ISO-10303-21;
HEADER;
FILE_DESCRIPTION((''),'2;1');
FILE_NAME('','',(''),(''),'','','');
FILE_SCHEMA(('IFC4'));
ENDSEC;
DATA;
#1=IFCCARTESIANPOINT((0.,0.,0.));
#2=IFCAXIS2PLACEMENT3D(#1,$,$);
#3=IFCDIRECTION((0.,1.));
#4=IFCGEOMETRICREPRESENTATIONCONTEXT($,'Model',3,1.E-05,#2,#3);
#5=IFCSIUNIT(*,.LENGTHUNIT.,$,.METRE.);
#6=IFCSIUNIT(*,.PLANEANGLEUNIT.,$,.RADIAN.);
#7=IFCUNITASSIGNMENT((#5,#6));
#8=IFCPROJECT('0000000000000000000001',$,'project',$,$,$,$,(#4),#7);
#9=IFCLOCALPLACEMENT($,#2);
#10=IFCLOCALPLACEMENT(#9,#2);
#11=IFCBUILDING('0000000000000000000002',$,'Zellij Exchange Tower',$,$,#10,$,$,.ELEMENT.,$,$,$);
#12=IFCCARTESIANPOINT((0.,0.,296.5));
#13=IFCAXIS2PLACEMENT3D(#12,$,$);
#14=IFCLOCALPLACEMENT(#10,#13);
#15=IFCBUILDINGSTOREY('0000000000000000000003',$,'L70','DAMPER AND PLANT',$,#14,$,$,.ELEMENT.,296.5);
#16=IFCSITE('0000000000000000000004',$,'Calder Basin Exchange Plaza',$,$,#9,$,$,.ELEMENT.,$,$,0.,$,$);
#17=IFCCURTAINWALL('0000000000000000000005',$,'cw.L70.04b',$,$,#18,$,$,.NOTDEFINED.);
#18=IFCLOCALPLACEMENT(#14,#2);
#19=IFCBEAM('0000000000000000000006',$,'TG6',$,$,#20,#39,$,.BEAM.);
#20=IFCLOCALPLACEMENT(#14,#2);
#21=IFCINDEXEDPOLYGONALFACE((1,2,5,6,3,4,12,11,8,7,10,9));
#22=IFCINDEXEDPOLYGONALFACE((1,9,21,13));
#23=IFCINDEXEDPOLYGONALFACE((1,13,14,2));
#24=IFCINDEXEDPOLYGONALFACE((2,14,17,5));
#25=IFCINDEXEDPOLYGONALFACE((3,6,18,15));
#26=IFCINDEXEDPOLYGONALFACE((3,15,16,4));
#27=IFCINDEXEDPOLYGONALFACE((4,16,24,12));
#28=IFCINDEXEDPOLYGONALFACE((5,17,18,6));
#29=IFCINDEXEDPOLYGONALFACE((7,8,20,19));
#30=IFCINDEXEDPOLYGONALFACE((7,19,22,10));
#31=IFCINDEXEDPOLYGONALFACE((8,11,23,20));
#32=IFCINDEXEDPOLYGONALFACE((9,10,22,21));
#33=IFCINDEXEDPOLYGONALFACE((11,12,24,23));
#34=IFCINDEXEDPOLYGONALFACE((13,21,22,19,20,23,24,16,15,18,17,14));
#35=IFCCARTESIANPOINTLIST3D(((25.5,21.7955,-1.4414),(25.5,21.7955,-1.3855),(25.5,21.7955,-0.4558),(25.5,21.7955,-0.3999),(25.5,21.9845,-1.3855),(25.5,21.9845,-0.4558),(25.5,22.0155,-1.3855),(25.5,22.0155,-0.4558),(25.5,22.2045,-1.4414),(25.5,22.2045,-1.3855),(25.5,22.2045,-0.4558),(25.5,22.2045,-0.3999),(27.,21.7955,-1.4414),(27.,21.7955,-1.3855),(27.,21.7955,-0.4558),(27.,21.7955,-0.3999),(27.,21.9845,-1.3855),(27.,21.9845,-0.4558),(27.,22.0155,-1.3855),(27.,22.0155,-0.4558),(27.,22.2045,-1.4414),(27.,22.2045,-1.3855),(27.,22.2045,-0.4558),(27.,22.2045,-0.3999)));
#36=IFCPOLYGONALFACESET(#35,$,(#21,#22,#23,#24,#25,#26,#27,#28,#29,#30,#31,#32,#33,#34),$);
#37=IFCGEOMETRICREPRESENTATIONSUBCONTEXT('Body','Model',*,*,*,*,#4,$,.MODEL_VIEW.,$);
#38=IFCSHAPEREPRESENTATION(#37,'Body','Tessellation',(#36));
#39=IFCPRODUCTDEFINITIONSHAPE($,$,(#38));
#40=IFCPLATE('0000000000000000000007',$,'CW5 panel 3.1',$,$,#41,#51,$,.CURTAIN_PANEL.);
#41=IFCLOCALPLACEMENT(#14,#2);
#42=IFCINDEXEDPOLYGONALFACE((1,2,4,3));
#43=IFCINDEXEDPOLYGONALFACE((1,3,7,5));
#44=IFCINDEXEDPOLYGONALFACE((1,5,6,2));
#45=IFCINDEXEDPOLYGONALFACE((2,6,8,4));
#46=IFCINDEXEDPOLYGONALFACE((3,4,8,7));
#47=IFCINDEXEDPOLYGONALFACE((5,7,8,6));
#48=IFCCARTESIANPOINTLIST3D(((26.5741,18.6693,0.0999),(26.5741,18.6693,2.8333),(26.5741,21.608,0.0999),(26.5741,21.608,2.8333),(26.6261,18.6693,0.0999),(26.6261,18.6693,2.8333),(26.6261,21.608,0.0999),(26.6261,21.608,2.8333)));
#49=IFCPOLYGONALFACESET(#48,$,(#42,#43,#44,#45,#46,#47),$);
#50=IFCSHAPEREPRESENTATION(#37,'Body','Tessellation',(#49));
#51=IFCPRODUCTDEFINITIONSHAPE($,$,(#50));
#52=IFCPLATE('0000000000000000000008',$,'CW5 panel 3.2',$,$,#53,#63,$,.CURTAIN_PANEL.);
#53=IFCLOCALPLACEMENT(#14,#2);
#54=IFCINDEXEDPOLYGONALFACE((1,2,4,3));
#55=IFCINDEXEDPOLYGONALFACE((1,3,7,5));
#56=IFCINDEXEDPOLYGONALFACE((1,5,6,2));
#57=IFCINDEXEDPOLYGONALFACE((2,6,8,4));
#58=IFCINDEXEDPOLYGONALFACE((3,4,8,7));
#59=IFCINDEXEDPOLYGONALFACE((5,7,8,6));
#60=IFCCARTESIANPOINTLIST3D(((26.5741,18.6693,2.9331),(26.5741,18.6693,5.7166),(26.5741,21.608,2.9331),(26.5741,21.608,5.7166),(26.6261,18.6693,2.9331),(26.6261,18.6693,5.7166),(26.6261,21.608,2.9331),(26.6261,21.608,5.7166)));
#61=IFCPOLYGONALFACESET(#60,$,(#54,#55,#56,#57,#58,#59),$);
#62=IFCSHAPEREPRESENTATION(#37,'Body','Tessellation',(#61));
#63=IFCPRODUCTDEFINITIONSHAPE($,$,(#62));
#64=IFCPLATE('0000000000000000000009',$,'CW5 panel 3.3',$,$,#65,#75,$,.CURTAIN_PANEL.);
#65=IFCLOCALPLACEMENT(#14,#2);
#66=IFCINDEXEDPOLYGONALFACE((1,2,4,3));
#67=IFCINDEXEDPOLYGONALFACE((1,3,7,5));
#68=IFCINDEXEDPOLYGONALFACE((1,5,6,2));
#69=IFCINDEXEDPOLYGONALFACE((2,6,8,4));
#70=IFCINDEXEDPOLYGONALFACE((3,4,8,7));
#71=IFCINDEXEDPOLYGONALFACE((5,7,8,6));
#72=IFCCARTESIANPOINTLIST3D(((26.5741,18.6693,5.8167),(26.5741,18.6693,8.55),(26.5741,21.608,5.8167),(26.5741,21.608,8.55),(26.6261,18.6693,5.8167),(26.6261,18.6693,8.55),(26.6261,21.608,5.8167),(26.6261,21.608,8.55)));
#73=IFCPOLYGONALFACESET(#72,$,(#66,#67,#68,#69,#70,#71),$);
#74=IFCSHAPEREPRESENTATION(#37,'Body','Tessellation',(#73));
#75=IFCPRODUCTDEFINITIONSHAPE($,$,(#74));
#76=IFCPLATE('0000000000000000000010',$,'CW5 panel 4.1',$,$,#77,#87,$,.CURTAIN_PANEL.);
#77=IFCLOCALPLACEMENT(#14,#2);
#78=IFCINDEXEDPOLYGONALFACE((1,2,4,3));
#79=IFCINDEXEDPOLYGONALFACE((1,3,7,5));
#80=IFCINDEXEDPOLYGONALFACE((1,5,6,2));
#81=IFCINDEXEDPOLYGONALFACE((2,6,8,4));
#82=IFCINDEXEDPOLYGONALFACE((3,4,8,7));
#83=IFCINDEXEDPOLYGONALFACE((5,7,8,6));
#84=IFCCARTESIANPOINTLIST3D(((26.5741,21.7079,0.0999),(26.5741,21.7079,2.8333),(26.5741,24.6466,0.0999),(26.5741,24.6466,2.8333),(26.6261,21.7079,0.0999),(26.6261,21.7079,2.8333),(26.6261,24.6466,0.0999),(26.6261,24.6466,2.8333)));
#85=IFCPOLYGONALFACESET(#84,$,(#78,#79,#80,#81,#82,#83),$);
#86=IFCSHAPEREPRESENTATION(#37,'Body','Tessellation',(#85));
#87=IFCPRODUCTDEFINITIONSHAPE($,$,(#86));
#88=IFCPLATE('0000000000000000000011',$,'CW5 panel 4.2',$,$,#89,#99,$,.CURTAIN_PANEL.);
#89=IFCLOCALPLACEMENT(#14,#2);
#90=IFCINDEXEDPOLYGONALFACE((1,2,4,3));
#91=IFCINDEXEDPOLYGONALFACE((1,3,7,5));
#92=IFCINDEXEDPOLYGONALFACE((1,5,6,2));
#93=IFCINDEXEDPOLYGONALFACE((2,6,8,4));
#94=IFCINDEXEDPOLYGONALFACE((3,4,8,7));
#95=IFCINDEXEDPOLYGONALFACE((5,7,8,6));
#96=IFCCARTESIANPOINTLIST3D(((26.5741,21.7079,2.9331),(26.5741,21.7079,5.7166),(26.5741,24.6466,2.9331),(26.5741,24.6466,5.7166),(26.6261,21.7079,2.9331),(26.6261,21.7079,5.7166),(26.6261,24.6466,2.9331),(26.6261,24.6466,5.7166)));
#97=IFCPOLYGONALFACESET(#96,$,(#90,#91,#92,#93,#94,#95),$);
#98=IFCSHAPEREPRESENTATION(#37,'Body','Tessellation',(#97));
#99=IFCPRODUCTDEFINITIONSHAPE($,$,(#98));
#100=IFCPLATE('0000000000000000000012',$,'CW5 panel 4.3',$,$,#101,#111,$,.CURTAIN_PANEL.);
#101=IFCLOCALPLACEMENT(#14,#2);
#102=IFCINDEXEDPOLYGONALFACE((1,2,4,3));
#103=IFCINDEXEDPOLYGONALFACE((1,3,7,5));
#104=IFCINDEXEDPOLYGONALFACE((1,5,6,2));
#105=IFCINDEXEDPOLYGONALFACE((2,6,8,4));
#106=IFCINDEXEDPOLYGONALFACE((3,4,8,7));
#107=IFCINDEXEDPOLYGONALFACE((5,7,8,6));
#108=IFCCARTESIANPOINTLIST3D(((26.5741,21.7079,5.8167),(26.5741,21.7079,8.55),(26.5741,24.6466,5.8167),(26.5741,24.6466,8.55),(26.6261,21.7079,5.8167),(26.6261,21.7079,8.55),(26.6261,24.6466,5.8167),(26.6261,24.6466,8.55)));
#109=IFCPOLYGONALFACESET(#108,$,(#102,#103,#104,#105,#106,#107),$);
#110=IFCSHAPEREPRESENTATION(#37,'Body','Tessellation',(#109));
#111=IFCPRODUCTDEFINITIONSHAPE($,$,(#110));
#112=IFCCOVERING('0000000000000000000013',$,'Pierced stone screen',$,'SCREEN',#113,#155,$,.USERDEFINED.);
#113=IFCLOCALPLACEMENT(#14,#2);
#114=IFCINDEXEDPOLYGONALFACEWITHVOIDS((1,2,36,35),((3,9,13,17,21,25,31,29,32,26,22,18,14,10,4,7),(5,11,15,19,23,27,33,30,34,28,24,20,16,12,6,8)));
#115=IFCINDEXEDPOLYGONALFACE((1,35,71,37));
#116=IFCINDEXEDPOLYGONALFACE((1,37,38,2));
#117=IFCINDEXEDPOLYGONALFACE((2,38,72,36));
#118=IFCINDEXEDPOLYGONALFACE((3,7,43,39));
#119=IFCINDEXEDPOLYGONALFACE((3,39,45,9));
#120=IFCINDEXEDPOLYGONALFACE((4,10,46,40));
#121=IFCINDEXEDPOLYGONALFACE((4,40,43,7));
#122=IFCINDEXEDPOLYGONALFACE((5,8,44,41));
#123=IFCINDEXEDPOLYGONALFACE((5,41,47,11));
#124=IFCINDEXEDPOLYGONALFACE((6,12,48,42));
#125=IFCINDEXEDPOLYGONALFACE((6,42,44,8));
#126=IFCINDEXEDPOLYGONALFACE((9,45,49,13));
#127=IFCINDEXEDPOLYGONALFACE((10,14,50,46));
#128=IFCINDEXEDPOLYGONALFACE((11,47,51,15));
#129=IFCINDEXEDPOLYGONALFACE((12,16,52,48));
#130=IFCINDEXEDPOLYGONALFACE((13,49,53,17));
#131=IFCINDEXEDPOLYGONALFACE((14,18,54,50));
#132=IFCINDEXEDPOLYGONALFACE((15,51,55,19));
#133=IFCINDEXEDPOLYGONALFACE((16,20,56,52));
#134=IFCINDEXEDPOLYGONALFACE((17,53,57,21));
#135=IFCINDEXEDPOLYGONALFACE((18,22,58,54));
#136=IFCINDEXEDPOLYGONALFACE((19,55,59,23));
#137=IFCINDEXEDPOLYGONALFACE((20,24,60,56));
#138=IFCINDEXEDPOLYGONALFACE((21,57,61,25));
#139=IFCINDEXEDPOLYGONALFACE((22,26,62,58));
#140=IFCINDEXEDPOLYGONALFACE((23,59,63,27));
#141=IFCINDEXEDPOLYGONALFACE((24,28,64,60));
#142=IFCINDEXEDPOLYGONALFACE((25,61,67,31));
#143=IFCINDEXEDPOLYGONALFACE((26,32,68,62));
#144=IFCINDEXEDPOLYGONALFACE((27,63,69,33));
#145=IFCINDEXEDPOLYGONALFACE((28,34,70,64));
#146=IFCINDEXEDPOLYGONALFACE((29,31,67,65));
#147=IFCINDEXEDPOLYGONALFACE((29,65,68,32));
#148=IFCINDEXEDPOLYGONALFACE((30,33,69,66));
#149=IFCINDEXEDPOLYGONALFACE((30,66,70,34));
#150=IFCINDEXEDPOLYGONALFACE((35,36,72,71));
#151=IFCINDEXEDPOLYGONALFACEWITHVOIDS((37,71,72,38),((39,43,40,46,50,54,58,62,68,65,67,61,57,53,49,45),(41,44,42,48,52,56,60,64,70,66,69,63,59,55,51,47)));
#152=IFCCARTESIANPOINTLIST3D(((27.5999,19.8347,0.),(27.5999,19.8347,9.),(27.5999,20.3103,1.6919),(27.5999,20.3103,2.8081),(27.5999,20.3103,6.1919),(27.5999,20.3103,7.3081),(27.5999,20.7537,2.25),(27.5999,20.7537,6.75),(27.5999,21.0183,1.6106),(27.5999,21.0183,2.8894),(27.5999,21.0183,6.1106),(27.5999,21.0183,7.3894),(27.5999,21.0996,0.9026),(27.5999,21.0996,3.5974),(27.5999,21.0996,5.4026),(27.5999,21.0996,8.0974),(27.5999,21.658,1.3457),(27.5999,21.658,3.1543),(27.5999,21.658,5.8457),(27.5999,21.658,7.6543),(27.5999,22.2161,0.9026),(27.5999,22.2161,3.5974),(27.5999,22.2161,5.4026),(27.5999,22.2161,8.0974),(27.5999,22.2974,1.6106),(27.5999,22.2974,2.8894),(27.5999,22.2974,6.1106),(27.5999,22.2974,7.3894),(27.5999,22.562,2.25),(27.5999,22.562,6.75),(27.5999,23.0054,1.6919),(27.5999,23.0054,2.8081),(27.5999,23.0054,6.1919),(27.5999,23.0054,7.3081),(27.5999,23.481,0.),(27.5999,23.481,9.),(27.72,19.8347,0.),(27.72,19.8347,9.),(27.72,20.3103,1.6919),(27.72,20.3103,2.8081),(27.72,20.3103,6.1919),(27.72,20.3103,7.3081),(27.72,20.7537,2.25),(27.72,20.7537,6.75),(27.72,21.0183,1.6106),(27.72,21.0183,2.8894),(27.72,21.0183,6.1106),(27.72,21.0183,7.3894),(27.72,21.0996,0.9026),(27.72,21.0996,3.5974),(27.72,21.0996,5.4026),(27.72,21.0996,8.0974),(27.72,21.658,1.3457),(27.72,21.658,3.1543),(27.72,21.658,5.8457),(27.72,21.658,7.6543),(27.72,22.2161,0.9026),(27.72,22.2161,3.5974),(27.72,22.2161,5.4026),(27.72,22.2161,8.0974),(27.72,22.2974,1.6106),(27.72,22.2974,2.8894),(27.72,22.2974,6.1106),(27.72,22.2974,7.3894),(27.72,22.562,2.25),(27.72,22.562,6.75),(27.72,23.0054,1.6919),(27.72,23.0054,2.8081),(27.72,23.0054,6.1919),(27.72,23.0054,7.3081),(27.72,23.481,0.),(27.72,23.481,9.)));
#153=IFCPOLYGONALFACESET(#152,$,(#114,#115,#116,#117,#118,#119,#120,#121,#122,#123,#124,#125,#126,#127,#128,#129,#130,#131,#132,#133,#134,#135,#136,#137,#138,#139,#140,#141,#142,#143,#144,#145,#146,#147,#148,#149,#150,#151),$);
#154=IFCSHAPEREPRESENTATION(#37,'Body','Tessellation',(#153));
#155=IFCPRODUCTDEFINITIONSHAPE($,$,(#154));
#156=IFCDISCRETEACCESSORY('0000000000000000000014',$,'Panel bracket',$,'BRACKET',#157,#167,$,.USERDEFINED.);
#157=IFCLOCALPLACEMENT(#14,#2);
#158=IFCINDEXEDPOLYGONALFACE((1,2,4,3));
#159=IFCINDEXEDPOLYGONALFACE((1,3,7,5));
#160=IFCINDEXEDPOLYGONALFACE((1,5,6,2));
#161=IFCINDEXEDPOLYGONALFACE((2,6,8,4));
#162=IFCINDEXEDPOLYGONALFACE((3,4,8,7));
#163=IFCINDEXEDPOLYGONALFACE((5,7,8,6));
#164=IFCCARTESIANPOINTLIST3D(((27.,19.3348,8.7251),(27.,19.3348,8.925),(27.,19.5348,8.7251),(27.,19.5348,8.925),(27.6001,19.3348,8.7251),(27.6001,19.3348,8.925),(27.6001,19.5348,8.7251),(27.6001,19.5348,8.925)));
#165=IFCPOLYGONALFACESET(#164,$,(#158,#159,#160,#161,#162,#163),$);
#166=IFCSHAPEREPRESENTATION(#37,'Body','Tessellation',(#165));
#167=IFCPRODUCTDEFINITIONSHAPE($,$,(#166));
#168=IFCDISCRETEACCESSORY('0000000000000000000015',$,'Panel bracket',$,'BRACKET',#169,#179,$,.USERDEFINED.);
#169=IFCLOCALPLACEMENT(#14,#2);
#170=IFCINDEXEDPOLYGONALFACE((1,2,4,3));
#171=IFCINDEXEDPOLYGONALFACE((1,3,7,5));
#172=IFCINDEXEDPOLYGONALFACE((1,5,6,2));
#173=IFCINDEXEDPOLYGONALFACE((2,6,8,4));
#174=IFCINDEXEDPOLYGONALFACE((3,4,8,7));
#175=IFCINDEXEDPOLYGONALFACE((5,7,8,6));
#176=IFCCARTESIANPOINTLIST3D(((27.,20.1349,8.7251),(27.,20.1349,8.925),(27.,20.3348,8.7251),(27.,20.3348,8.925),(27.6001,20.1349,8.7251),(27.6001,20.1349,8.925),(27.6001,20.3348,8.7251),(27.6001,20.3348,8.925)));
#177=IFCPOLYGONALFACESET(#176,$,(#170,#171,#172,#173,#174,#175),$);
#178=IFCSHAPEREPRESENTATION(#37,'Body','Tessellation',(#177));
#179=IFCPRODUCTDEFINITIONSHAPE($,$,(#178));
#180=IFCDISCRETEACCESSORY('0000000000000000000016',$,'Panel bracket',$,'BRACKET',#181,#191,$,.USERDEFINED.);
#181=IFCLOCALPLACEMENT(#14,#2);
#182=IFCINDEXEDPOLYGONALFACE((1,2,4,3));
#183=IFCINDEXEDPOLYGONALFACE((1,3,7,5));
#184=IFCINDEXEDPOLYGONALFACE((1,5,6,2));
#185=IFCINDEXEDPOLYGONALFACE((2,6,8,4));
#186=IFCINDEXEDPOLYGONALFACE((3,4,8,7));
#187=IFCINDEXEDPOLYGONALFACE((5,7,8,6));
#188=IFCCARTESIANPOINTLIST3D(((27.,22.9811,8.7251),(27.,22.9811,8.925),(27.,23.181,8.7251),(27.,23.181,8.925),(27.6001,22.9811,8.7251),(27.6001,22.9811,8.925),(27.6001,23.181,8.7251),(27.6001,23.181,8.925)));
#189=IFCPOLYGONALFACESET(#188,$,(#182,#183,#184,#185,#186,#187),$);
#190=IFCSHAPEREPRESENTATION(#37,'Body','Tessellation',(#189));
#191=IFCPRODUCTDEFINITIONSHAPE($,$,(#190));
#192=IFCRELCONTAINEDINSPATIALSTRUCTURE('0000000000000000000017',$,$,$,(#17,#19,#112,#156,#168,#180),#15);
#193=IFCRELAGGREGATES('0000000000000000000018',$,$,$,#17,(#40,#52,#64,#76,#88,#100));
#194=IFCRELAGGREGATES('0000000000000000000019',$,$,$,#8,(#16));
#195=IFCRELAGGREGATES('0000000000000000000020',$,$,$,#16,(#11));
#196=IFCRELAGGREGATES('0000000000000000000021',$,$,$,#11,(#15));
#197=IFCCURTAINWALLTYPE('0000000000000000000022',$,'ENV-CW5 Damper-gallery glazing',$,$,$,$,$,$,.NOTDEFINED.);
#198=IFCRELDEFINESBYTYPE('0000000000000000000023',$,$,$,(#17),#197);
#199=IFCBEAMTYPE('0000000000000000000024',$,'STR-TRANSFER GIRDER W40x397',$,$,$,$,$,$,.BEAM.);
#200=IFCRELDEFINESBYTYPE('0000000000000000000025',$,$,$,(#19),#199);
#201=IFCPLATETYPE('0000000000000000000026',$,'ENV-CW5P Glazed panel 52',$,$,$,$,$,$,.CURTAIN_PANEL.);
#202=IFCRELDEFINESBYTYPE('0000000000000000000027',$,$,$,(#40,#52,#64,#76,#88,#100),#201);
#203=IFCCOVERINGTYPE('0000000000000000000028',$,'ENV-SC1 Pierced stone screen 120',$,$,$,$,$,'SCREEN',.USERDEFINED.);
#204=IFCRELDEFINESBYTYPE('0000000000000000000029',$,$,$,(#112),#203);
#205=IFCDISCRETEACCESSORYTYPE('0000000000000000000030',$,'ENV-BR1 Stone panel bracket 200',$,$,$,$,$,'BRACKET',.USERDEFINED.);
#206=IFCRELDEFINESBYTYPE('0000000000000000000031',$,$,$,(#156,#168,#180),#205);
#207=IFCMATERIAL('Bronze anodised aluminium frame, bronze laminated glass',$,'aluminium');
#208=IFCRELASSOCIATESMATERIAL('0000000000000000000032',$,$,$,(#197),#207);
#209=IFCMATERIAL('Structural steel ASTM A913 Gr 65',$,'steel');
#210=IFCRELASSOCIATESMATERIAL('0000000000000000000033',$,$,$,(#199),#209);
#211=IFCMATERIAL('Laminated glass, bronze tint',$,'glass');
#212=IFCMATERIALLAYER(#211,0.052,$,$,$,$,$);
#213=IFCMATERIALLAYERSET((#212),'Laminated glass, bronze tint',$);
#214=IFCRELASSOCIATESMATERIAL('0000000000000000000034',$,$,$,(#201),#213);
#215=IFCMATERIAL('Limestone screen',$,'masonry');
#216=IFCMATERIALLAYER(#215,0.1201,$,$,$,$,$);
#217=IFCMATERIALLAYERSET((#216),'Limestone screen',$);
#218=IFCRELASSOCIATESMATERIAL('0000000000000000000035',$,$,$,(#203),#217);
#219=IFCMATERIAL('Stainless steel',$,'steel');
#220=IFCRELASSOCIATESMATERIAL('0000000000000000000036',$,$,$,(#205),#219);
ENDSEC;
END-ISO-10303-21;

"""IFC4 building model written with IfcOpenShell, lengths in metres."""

from ifc_helpers import new_model, si_unit, direction, frame, origin, origin_2d, place, context, subcontext, project, spatial, polyline, rectangle, i_section, outline, extrude, material, layer, layer_set, material_profile, profile_set, type_object, element, aggregate, save


model = new_model("IFC4")

# Units and contexts
model_context = context("Model", 3, precision=1e-05, world=origin(), true_north=direction((0.0, 1.0)))
body_context = subcontext(model_context, "Body", "Model", "MODEL_VIEW")
ifc_project = project(units=[si_unit("LENGTHUNIT", "METRE"), si_unit("PLANEANGLEUNIT", "RADIAN")], contexts=[model_context])

# Site, building, storey
site_placement = place(None, origin())
site = spatial("IfcSite", under=ifc_project, at=site_placement, Name="Calder Basin Exchange Plaza", CompositionType="ELEMENT", RefElevation=0.0)
building_placement = place(site_placement, origin())
building = spatial("IfcBuilding", under=site, at=building_placement, Name="Zellij Exchange Tower", CompositionType="ELEMENT")
storey_placement = place(building_placement, frame((0.0, 0.0, 296.5)))
storey = spatial("IfcBuildingStorey", under=building, at=storey_placement, Name="L70", Description="DAMPER AND PLANT", CompositionType="ELEMENT", Elevation=296.5)

# Curtain wall
ifc_material_1 = material(Name="Bronze anodised aluminium frame, bronze laminated glass", Category="aluminium")
curtain_wall_type = type_object("IfcCurtainWallType", Name="ENV-CW5 Damper-gallery glazing", PredefinedType="NOTDEFINED", material=ifc_material_1)
curtain_wall_placement = place(storey_placement, origin())
curtain_wall = element("IfcCurtainWall", 1, at=curtain_wall_placement, inside=storey, type_object=curtain_wall_type, Name="cw.L70.04b", PredefinedType="NOTDEFINED")

# Beam
ifc_material_2 = material(Name="Structural steel ASTM A913 Gr 65", Category="steel")
ifc_material_profile_1 = material_profile(ifc_material_2, i_section(OverallWidth=0.4089, OverallDepth=1.0415, WebThickness=0.031, FlangeThickness=0.0559, at=origin_2d()), Name="W40x397")
ifc_profile_set_1 = profile_set([ifc_material_profile_1], Name="Structural steel ASTM A913 Gr 65")
beam_type_1 = type_object("IfcBeamType", Name="STR-TRANSFER GIRDER W40x397", PredefinedType="BEAM", material=ifc_profile_set_1)
beam_placement = place(storey_placement, frame((25.5, 22.0, -0.9207), z_axis=(1.0, 0.0, 0.0), x_axis=(0.0, 1.0, 0.0)))
element("IfcBeam", 2, at=beam_placement, inside=storey, type_object=beam_type_1, Name="TG6", PredefinedType="BEAM", context=body_context, shape_type="SweptSolid", body=[
    extrude(i_section(OverallWidth=0.4089, OverallDepth=1.0415, WebThickness=0.031, FlangeThickness=0.0559, at=origin_2d()), origin(), (0.0, 0.0, 1.0), 1.5),
])

# Plates
ifc_material_3 = material(Name="Laminated glass, bronze tint", Category="glass")
ifc_layer_1 = layer(ifc_material_3, 0.052)
ifc_layer_set_1 = layer_set([ifc_layer_1], Name="Laminated glass, bronze tint")
plate_type = type_object("IfcPlateType", Name="ENV-CW5P Glazed panel 52", PredefinedType="CURTAIN_PANEL", material=ifc_layer_set_1)
plate_1_placement = place(storey_placement, frame((26.6001, 20.1387, 0.0999), z_axis=(0.0, 0.0, 1.0), x_axis=(0.0, 1.0, 0.0)))
plate_1 = element("IfcPlate", 3, at=plate_1_placement, type_object=plate_type, Name="CW5 panel 3.1", PredefinedType="CURTAIN_PANEL", context=body_context, shape_type="SweptSolid", body=[
    extrude(rectangle(XDim=2.9387, YDim=0.052, at=origin_2d()), origin(), (0.0, 0.0, 1.0), 2.7334),
])
plate_2_placement = place(storey_placement, frame((26.6001, 20.1387, 2.9331), z_axis=(0.0, 0.0, 1.0), x_axis=(0.0, 1.0, 0.0)))
plate_2 = element("IfcPlate", 4, at=plate_2_placement, type_object=plate_type, Name="CW5 panel 3.2", PredefinedType="CURTAIN_PANEL", context=body_context, shape_type="SweptSolid", body=[
    extrude(rectangle(XDim=2.9387, YDim=0.052, at=origin_2d()), origin(), (0.0, 0.0, 1.0), 2.7834),
])
plate_3_placement = place(storey_placement, frame((26.6001, 20.1387, 5.8167), z_axis=(0.0, 0.0, 1.0), x_axis=(0.0, 1.0, 0.0)))
plate_3 = element("IfcPlate", 5, at=plate_3_placement, type_object=plate_type, Name="CW5 panel 3.3", PredefinedType="CURTAIN_PANEL", context=body_context, shape_type="SweptSolid", body=[
    extrude(rectangle(XDim=2.9387, YDim=0.052, at=origin_2d()), origin(), (0.0, 0.0, 1.0), 2.7334),
])
plate_4_placement = place(storey_placement, frame((26.6001, 23.1772, 0.0999), z_axis=(0.0, 0.0, 1.0), x_axis=(0.0, 1.0, 0.0)))
plate_4 = element("IfcPlate", 6, at=plate_4_placement, type_object=plate_type, Name="CW5 panel 4.1", PredefinedType="CURTAIN_PANEL", context=body_context, shape_type="SweptSolid", body=[
    extrude(rectangle(XDim=2.9387, YDim=0.052, at=origin_2d()), origin(), (0.0, 0.0, 1.0), 2.7334),
])
plate_5_placement = place(storey_placement, frame((26.6001, 23.1772, 2.9331), z_axis=(0.0, 0.0, 1.0), x_axis=(0.0, 1.0, 0.0)))
plate_5 = element("IfcPlate", 7, at=plate_5_placement, type_object=plate_type, Name="CW5 panel 4.2", PredefinedType="CURTAIN_PANEL", context=body_context, shape_type="SweptSolid", body=[
    extrude(rectangle(XDim=2.9387, YDim=0.052, at=origin_2d()), origin(), (0.0, 0.0, 1.0), 2.7834),
])
plate_6_placement = place(storey_placement, frame((26.6001, 23.1772, 5.8167), z_axis=(0.0, 0.0, 1.0), x_axis=(0.0, 1.0, 0.0)))
plate_6 = element("IfcPlate", 8, at=plate_6_placement, type_object=plate_type, Name="CW5 panel 4.3", PredefinedType="CURTAIN_PANEL", context=body_context, shape_type="SweptSolid", body=[
    extrude(rectangle(XDim=2.9387, YDim=0.052, at=origin_2d()), origin(), (0.0, 0.0, 1.0), 2.7334),
])
aggregate(curtain_wall, [plate_1, plate_2, plate_3, plate_4, plate_5, plate_6])

# Covering
ifc_material_4 = material(Name="Limestone screen", Category="masonry")
ifc_layer_2 = layer(ifc_material_4, 0.1201)
ifc_layer_set_2 = layer_set([ifc_layer_2], Name="Limestone screen")
covering_type = type_object("IfcCoveringType", Name="ENV-SC1 Pierced stone screen 120", ElementType="SCREEN", PredefinedType="USERDEFINED", material=ifc_layer_set_2)
covering_placement = place(storey_placement, frame((27.6599, 19.8347, 0.0), z_axis=(0.0, 0.0, 1.0), x_axis=(0.0, 1.0, 0.0)))
element("IfcCovering", 9, at=covering_placement, inside=storey, type_object=covering_type, Name="Pierced stone screen", ObjectType="SCREEN", PredefinedType="USERDEFINED", context=body_context, shape_type="SweptSolid", body=[
    extrude(outline(polyline([(0.0, 0.0), (3.6462, 0.0), (3.6462, 9.0), (0.0, 9.0), (0.0, 0.0)]), holes=[polyline([(3.1707, 2.8081), (2.4626, 2.8894), (2.3813, 3.5974), (1.8232, 3.1543), (1.2649, 3.5974), (1.1836, 2.8894), (0.4756, 2.8081), (0.9189, 2.25), (0.4756, 1.6919), (1.1836, 1.6106), (1.2649, 0.9026), (1.8232, 1.3457), (2.3813, 0.9026), (2.4626, 1.6106), (3.1707, 1.6919), (2.7273, 2.25), (3.1707, 2.8081)]), polyline([(3.1707, 7.3081), (2.4626, 7.3894), (2.3813, 8.0974), (1.8232, 7.6543), (1.2649, 8.0974), (1.1836, 7.3894), (0.4756, 7.3081), (0.9189, 6.75), (0.4756, 6.1919), (1.1836, 6.1106), (1.2649, 5.4026), (1.8232, 5.8457), (2.3813, 5.4026), (2.4626, 6.1106), (3.1707, 6.1919), (2.7273, 6.75), (3.1707, 7.3081)])]), frame((0.0, 0.0601, 0.0), z_axis=(0.0, -1.0, 0.0), x_axis=(1.0, 0.0, 0.0)), (0.0, 0.0, 1.0), 0.1201),
])

# Discrete accessories
ifc_material_5 = material(Name="Stainless steel", Category="steel")
discrete_accessory_type = type_object("IfcDiscreteAccessoryType", Name="ENV-BR1 Stone panel bracket 200", ElementType="BRACKET", PredefinedType="USERDEFINED", material=ifc_material_5)
for number, where, z_axis, x_axis, name in (
    (10, (27.3, 19.4348, 8.7251), (0.0, 0.0, 1.0), (0.0, 1.0, 0.0), "Panel bracket"),
    (11, (27.3, 20.2349, 8.7251), (0.0, 0.0, 1.0), (0.0, 1.0, 0.0), "Panel bracket"),
    (12, (27.3, 23.0811, 8.7251), (0.0, 0.0, 1.0), (0.0, 1.0, 0.0), "Panel bracket"),
):
    element("IfcDiscreteAccessory", number, at=place(storey_placement, frame(where, z_axis=z_axis, x_axis=x_axis)), inside=storey, type_object=discrete_accessory_type, Name=name, ObjectType="BRACKET", PredefinedType="USERDEFINED", context=body_context, shape_type="SweptSolid", body=[
        extrude(rectangle(XDim=0.2, YDim=0.6001, at=origin_2d()), origin(), (0.0, 0.0, 1.0), 0.2),
    ])

save(model, "model.ifc")
